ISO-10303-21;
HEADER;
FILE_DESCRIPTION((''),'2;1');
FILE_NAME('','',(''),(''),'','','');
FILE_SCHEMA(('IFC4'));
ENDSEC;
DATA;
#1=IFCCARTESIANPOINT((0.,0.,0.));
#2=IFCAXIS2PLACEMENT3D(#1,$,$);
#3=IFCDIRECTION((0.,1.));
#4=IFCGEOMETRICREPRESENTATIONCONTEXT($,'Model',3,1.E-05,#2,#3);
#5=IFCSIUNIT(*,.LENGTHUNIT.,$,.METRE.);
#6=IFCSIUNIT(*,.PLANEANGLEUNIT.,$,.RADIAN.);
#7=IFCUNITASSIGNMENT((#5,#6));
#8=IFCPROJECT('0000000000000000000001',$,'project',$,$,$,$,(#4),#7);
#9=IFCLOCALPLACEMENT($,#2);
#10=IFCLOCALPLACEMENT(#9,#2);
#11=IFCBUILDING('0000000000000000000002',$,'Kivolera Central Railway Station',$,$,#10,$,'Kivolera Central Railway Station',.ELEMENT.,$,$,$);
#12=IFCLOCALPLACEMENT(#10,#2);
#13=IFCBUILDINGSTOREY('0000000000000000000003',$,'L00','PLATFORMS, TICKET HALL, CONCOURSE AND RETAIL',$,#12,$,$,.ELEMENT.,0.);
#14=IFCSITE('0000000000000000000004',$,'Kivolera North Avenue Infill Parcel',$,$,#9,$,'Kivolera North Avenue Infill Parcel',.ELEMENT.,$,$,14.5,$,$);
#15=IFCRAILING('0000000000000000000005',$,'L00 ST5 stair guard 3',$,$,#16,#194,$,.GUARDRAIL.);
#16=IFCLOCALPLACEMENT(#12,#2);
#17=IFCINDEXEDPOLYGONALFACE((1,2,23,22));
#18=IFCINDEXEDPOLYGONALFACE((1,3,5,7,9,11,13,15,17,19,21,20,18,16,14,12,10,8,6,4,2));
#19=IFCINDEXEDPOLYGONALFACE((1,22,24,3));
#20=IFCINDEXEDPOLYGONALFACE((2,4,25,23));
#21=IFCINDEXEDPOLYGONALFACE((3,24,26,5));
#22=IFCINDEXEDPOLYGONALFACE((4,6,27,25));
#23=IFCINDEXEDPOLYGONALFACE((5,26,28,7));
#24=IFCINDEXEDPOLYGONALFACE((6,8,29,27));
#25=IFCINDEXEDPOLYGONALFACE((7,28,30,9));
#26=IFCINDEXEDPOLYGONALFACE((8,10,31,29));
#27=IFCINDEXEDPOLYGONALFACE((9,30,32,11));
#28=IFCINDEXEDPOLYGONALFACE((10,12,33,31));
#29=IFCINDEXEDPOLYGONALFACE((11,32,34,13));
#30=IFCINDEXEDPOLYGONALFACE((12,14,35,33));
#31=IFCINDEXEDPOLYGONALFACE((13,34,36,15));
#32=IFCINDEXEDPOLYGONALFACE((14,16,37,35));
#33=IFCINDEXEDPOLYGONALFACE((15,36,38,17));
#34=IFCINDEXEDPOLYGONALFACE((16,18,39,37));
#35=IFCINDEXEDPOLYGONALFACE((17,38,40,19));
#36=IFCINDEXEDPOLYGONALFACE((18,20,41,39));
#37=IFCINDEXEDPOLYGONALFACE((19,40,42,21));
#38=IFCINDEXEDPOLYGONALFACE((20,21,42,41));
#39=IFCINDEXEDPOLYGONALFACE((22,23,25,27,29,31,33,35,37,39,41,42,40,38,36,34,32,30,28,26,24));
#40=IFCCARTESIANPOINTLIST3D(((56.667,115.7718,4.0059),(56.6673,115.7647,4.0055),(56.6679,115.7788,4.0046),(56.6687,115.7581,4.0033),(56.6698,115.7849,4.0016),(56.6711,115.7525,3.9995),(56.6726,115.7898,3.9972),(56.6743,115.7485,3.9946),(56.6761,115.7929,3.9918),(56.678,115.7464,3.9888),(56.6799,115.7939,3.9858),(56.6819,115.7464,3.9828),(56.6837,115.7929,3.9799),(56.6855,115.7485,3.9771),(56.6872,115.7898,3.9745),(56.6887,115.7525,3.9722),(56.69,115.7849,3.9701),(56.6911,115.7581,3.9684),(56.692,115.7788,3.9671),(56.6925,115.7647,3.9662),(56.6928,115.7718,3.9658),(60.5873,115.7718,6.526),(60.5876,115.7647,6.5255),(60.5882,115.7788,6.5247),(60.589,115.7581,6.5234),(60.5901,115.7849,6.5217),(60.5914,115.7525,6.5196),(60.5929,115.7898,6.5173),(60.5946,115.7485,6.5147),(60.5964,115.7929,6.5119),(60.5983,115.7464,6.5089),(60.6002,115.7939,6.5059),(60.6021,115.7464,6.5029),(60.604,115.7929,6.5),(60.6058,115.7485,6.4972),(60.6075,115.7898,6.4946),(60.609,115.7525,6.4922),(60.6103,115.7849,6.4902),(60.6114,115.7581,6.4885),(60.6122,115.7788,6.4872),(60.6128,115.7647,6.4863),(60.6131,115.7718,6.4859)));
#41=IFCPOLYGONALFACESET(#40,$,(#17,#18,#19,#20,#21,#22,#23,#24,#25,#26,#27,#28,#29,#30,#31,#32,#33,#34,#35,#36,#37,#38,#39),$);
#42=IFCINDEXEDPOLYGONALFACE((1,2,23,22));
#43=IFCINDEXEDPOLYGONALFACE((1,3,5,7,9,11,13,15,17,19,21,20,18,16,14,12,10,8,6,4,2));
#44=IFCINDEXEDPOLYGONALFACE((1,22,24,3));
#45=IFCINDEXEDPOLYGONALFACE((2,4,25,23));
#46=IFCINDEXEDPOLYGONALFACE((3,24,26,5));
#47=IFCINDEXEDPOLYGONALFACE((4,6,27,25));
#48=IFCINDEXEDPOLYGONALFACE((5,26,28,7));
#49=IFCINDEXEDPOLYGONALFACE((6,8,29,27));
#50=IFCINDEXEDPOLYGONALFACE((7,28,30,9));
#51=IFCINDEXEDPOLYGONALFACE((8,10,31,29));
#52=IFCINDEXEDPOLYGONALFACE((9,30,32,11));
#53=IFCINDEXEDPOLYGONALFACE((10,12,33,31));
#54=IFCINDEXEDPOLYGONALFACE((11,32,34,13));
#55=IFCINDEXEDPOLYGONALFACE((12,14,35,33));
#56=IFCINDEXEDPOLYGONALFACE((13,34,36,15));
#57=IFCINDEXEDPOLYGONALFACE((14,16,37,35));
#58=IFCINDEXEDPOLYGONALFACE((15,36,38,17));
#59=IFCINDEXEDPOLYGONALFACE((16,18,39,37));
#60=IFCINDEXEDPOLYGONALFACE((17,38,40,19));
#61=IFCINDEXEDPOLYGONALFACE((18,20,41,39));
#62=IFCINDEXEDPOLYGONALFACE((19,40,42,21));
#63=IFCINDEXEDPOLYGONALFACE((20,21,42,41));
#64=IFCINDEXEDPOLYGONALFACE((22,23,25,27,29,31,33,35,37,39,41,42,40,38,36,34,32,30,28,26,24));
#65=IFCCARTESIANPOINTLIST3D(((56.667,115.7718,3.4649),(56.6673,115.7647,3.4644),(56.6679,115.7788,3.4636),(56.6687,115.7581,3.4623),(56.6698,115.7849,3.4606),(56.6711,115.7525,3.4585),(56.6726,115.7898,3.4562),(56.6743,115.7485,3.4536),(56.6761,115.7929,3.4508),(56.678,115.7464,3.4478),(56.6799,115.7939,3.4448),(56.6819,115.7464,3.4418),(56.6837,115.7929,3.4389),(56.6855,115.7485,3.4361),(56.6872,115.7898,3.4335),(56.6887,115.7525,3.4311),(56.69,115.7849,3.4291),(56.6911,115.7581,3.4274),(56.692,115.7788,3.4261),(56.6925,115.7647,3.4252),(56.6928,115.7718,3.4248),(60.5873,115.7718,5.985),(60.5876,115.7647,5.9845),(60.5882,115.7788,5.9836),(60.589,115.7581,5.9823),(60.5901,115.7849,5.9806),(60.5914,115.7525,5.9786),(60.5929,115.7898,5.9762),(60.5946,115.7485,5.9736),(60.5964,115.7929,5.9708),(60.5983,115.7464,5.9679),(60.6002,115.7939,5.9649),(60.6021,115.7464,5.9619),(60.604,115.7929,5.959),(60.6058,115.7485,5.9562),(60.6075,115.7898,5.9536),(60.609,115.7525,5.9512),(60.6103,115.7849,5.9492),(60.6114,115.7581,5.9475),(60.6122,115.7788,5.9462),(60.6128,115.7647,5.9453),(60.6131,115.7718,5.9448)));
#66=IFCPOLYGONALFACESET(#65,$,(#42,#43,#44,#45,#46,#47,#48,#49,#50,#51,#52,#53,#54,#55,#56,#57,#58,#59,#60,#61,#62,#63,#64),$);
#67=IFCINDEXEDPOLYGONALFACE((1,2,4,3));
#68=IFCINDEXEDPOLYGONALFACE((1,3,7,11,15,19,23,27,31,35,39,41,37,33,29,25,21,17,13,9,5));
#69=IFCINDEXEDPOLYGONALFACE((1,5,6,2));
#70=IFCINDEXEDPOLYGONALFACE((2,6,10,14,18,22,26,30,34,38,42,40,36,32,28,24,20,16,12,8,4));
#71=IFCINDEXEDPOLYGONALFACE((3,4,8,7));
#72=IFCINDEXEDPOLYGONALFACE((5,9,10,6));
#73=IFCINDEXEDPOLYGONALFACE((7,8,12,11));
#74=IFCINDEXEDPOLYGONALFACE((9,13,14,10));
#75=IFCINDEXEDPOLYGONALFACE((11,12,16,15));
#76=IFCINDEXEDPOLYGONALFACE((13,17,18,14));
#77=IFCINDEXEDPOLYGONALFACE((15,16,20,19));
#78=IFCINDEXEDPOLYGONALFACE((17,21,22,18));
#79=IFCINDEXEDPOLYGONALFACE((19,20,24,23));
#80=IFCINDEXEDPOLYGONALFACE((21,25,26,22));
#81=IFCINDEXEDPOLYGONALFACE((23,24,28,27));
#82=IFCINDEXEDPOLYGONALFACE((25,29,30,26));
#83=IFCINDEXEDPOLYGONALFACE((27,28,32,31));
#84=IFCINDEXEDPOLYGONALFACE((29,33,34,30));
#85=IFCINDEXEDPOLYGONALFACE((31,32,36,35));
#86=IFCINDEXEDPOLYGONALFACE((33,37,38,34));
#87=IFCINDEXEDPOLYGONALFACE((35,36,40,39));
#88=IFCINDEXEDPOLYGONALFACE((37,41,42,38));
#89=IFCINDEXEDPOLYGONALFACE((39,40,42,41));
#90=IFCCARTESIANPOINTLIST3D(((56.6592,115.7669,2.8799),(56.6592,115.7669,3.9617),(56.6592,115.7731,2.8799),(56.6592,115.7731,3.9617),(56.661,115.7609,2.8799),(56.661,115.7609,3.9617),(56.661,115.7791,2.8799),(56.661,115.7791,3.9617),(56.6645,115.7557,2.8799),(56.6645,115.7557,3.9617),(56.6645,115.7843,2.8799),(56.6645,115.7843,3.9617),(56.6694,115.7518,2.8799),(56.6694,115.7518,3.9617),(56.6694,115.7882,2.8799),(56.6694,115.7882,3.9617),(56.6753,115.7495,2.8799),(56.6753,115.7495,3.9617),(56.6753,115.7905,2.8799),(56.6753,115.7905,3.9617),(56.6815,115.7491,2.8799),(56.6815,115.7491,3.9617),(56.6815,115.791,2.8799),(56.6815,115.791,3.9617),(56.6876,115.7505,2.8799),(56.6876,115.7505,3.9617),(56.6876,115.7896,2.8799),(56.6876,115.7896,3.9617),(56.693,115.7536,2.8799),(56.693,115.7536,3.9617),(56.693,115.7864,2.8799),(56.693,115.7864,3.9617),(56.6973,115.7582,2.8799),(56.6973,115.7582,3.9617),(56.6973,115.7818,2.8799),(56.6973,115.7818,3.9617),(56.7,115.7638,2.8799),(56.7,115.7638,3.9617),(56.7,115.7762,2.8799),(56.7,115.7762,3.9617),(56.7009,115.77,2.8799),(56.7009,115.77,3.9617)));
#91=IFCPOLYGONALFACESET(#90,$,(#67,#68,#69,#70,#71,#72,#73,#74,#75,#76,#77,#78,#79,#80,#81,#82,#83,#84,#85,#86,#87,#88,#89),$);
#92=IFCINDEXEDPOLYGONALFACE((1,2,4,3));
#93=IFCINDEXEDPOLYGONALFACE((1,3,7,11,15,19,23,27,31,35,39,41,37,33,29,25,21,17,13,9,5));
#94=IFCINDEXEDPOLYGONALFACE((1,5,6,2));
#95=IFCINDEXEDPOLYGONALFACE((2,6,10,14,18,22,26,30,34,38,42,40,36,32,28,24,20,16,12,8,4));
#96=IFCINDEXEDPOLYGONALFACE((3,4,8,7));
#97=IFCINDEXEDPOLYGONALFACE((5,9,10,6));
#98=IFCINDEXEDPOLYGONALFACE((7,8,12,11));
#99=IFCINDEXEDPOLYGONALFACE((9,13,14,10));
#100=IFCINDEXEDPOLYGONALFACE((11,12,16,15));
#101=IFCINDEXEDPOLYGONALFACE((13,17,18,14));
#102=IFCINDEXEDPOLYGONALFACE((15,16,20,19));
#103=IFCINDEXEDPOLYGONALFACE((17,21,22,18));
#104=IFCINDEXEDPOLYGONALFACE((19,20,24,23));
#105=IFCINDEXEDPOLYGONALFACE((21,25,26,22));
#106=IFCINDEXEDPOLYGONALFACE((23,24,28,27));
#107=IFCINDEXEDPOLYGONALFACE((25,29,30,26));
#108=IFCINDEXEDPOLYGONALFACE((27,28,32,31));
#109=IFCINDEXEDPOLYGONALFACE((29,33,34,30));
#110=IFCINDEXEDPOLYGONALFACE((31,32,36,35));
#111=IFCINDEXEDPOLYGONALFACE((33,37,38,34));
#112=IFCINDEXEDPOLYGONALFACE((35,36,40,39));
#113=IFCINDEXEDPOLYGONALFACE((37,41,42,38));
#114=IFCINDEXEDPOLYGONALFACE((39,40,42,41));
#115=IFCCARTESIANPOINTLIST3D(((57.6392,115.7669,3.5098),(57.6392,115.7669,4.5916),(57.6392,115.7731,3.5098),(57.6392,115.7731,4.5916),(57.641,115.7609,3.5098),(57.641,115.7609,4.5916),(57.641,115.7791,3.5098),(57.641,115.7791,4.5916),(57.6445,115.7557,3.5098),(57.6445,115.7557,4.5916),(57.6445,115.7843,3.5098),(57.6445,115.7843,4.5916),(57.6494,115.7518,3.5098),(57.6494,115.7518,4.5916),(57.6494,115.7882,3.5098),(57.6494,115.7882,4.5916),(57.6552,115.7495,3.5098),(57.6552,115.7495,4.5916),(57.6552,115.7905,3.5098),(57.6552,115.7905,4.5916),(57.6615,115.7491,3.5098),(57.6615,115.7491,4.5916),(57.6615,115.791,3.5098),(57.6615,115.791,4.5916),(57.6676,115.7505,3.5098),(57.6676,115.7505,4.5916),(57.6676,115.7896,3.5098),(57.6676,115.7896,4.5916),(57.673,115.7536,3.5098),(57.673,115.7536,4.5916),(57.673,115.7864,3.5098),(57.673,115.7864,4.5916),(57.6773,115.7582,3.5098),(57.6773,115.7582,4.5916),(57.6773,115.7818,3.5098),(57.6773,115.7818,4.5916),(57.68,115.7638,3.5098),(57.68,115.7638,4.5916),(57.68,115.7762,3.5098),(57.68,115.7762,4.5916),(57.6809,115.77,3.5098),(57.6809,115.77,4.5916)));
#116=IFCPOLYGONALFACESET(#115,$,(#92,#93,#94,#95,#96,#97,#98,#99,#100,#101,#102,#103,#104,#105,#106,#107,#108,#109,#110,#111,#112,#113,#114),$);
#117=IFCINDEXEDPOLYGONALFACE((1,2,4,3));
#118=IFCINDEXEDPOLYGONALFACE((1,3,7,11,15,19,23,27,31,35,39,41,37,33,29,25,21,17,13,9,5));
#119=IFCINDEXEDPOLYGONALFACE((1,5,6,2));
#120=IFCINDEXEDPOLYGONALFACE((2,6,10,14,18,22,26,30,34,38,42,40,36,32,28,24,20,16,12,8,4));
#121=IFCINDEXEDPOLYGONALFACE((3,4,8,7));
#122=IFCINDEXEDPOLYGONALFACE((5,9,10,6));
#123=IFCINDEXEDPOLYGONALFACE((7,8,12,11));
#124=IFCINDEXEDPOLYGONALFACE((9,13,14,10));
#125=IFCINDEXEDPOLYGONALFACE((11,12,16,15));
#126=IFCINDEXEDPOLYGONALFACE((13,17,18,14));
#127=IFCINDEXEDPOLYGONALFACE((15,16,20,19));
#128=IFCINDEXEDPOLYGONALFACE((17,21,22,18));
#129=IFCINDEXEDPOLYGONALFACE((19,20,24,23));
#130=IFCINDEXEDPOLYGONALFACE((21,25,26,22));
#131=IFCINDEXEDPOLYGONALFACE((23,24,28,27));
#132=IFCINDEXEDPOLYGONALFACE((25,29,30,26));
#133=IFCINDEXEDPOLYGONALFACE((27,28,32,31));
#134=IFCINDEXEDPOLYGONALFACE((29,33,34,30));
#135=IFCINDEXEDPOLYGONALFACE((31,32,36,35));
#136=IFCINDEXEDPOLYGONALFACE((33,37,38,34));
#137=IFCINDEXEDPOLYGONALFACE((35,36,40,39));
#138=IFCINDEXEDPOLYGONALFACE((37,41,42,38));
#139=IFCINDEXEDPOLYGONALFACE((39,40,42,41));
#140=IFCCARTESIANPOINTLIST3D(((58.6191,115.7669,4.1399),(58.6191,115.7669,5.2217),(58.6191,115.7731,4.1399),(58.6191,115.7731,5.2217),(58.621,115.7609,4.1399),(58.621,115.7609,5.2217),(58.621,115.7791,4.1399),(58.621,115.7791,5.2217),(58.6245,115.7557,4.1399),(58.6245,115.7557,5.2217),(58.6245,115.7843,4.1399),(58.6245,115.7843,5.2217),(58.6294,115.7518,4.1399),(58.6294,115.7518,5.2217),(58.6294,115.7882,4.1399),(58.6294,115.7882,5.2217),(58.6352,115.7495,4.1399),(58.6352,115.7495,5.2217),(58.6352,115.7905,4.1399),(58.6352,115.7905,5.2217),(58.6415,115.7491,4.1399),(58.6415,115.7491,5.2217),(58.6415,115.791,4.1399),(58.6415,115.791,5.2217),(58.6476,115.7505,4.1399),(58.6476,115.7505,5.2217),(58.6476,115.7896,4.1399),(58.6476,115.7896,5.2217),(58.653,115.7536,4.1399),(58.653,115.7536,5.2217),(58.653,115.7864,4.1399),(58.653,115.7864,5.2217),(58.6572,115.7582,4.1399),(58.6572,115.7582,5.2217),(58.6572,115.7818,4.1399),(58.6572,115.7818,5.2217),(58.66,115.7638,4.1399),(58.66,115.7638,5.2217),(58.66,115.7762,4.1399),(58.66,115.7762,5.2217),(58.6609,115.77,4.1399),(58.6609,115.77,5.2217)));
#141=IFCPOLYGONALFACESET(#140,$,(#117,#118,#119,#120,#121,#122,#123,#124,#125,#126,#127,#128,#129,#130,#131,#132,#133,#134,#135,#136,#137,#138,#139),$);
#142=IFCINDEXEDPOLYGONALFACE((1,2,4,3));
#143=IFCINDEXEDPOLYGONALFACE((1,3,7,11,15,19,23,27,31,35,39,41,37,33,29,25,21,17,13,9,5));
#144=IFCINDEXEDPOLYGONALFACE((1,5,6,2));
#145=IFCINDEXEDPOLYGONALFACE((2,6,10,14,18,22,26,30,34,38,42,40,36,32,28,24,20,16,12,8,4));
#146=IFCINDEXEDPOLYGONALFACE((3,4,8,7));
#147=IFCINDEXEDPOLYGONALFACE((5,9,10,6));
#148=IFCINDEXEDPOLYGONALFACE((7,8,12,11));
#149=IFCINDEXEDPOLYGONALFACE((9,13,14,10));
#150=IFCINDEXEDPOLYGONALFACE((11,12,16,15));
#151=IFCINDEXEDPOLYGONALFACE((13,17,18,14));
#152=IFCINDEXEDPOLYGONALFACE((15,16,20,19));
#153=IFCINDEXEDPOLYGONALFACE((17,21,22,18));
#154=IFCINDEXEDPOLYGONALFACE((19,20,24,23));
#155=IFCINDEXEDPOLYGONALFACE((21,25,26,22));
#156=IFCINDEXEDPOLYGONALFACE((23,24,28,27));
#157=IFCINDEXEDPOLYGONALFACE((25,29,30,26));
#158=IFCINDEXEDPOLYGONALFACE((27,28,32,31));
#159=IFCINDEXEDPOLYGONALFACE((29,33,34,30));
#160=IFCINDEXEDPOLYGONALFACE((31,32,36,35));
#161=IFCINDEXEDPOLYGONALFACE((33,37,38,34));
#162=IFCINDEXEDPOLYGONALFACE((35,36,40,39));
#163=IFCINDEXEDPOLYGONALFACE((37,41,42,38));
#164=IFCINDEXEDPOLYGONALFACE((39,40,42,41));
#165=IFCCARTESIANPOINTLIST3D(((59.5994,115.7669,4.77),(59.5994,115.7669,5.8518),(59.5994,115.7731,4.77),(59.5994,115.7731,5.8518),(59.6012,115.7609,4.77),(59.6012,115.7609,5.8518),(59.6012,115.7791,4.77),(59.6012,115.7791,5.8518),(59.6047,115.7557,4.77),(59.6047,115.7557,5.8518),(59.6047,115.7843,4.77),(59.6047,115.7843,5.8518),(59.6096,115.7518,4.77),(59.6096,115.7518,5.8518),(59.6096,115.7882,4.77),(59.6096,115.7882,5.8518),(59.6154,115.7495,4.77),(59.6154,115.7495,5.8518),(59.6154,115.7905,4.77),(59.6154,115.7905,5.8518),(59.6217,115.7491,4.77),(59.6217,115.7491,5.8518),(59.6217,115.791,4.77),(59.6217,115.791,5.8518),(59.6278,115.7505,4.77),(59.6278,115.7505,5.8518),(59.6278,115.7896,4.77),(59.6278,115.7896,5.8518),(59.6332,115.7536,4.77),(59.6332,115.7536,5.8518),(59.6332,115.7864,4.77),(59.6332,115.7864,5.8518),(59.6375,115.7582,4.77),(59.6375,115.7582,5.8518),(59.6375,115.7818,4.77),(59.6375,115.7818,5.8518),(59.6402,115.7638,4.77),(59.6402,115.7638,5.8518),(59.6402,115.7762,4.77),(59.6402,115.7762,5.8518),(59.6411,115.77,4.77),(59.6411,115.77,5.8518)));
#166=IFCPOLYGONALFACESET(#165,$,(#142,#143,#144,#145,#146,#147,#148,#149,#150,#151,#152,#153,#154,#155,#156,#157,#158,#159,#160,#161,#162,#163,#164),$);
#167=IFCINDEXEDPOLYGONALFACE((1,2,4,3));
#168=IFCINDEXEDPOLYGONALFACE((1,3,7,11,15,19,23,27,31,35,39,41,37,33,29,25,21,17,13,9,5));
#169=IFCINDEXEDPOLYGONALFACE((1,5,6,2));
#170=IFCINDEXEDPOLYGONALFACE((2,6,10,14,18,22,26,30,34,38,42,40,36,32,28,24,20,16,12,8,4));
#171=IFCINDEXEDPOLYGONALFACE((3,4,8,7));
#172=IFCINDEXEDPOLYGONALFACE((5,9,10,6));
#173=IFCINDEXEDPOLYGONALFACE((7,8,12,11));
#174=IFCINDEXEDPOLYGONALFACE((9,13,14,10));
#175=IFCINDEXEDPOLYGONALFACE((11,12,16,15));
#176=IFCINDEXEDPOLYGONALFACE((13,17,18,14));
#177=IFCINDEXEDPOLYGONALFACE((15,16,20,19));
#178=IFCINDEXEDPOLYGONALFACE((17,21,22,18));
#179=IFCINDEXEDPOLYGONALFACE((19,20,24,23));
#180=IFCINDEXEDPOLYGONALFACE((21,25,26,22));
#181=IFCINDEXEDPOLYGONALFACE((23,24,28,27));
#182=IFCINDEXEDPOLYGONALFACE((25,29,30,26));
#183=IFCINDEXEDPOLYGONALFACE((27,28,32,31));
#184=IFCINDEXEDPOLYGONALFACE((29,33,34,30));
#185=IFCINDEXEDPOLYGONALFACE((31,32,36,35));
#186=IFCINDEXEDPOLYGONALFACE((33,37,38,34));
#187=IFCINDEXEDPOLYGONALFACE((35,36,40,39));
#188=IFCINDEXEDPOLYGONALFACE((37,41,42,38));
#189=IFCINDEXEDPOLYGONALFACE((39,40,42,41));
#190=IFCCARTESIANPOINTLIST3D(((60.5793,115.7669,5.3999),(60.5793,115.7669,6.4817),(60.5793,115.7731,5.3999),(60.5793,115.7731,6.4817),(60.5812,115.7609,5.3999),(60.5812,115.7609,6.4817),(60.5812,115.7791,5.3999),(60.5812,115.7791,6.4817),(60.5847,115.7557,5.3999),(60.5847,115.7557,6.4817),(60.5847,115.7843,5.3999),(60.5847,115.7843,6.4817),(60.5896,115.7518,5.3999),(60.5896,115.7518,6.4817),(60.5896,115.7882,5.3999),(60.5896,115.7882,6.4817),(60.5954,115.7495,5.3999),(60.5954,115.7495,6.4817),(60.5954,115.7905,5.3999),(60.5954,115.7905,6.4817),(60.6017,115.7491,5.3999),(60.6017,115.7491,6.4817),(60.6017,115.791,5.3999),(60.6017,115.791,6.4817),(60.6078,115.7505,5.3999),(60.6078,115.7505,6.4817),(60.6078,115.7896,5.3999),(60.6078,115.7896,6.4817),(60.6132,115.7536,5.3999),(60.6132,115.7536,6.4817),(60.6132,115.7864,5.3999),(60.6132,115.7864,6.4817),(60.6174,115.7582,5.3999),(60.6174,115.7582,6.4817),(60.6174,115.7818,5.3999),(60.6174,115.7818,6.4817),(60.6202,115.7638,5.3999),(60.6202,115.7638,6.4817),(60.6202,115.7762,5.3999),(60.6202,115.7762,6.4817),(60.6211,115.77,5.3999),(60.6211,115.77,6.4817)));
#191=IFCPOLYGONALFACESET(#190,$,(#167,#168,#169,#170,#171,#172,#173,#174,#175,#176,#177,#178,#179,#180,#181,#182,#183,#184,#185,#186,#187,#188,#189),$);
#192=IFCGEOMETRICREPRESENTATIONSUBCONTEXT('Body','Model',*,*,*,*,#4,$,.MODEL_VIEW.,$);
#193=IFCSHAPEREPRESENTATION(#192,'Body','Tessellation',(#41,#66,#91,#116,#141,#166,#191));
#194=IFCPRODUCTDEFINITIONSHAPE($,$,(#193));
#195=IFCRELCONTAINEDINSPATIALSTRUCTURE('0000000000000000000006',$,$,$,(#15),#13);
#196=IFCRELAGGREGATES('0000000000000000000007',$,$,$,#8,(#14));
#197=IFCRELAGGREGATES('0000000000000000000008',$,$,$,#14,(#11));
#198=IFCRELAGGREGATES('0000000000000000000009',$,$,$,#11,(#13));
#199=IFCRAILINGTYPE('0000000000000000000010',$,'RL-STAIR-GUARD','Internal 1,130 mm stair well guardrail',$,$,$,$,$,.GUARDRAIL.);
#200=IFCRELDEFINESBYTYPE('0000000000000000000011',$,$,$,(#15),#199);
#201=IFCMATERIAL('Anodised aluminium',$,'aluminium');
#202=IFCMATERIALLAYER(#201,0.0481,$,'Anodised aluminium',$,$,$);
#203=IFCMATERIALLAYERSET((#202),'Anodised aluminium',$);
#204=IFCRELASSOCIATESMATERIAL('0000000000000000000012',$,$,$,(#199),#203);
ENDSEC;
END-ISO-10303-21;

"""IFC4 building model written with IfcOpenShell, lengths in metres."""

from ifc_helpers import new_model, si_unit, direction, frame, origin, origin_2d, place, context, subcontext, project, spatial, circle, extrude, material, layer, layer_set, type_object, element, save


model = new_model("IFC4")

# Units and contexts
model_context = context("Model", 3, precision=1e-05, world=origin(), true_north=direction((0.0, 1.0)))
body_context = subcontext(model_context, "Body", "Model", "MODEL_VIEW")
ifc_project = project(units=[si_unit("LENGTHUNIT", "METRE"), si_unit("PLANEANGLEUNIT", "RADIAN")], contexts=[model_context])

# Site, building, storey
site_placement = place(None, origin())
site = spatial("IfcSite", under=ifc_project, at=site_placement, Name="Kivolera North Avenue Infill Parcel", LongName="Kivolera North Avenue Infill Parcel", CompositionType="ELEMENT", RefElevation=14.5)
building_placement = place(site_placement, origin())
building = spatial("IfcBuilding", under=site, at=building_placement, Name="Kivolera Central Railway Station", LongName="Kivolera Central Railway Station", CompositionType="ELEMENT")
storey_placement = place(building_placement, origin())
storey = spatial("IfcBuildingStorey", under=building, at=storey_placement, Name="L00", Description="PLATFORMS, TICKET HALL, CONCOURSE AND RETAIL", CompositionType="ELEMENT", Elevation=0.0)

# Railing
ifc_material_1 = material(Name="Anodised aluminium", Category="aluminium")
ifc_layer_1 = layer(ifc_material_1, 0.0481, Name="Anodised aluminium")
ifc_layer_set_1 = layer_set([ifc_layer_1], Name="Anodised aluminium")
railing_type_1 = type_object("IfcRailingType", Name="RL-STAIR-GUARD", Description="Internal 1,130 mm stair well guardrail", PredefinedType="GUARDRAIL", material=ifc_layer_set_1)
railing_1_placement = place(storey_placement, frame((56.6799, 115.77, 2.8799)))
element("IfcRailing", 1, at=railing_1_placement, inside=storey, type_object=railing_type_1, Name="L00 ST5 stair guard 3", PredefinedType="GUARDRAIL", context=body_context, shape_type="SweptSolid", body=[
    extrude(circle(Radius=0.0239, at=origin_2d()), frame((0.0, 0.0, 1.106), z_axis=(0.841187, 0.0, 0.540744), x_axis=(0.0, 1.0, 0.0)), (0.0, 0.0, 1.0), 4.6604),
    extrude(circle(Radius=0.0239, at=origin_2d()), frame((0.0, 0.0, 0.5649), z_axis=(0.841187, 0.0, 0.540744), x_axis=(0.0, 1.0, 0.0)), (0.0, 0.0, 1.0), 4.6604),
    extrude(circle(Radius=0.021, at=origin_2d()), origin(), (0.0, 0.0, 1.0), 1.0818),
    extrude(circle(Radius=0.021, at=origin_2d()), frame((0.98, 0.0, 0.6299)), (0.0, 0.0, 1.0), 1.0818),
    extrude(circle(Radius=0.021, at=origin_2d()), frame((1.96, 0.0, 1.26)), (0.0, 0.0, 1.0), 1.0818),
    extrude(circle(Radius=0.021, at=origin_2d()), frame((2.9402, 0.0, 1.8901)), (0.0, 0.0, 1.0), 1.0818),
    extrude(circle(Radius=0.021, at=origin_2d()), frame((3.9202, 0.0, 2.52)), (0.0, 0.0, 1.0), 1.0818),
])

save(model, "model.ifc")
